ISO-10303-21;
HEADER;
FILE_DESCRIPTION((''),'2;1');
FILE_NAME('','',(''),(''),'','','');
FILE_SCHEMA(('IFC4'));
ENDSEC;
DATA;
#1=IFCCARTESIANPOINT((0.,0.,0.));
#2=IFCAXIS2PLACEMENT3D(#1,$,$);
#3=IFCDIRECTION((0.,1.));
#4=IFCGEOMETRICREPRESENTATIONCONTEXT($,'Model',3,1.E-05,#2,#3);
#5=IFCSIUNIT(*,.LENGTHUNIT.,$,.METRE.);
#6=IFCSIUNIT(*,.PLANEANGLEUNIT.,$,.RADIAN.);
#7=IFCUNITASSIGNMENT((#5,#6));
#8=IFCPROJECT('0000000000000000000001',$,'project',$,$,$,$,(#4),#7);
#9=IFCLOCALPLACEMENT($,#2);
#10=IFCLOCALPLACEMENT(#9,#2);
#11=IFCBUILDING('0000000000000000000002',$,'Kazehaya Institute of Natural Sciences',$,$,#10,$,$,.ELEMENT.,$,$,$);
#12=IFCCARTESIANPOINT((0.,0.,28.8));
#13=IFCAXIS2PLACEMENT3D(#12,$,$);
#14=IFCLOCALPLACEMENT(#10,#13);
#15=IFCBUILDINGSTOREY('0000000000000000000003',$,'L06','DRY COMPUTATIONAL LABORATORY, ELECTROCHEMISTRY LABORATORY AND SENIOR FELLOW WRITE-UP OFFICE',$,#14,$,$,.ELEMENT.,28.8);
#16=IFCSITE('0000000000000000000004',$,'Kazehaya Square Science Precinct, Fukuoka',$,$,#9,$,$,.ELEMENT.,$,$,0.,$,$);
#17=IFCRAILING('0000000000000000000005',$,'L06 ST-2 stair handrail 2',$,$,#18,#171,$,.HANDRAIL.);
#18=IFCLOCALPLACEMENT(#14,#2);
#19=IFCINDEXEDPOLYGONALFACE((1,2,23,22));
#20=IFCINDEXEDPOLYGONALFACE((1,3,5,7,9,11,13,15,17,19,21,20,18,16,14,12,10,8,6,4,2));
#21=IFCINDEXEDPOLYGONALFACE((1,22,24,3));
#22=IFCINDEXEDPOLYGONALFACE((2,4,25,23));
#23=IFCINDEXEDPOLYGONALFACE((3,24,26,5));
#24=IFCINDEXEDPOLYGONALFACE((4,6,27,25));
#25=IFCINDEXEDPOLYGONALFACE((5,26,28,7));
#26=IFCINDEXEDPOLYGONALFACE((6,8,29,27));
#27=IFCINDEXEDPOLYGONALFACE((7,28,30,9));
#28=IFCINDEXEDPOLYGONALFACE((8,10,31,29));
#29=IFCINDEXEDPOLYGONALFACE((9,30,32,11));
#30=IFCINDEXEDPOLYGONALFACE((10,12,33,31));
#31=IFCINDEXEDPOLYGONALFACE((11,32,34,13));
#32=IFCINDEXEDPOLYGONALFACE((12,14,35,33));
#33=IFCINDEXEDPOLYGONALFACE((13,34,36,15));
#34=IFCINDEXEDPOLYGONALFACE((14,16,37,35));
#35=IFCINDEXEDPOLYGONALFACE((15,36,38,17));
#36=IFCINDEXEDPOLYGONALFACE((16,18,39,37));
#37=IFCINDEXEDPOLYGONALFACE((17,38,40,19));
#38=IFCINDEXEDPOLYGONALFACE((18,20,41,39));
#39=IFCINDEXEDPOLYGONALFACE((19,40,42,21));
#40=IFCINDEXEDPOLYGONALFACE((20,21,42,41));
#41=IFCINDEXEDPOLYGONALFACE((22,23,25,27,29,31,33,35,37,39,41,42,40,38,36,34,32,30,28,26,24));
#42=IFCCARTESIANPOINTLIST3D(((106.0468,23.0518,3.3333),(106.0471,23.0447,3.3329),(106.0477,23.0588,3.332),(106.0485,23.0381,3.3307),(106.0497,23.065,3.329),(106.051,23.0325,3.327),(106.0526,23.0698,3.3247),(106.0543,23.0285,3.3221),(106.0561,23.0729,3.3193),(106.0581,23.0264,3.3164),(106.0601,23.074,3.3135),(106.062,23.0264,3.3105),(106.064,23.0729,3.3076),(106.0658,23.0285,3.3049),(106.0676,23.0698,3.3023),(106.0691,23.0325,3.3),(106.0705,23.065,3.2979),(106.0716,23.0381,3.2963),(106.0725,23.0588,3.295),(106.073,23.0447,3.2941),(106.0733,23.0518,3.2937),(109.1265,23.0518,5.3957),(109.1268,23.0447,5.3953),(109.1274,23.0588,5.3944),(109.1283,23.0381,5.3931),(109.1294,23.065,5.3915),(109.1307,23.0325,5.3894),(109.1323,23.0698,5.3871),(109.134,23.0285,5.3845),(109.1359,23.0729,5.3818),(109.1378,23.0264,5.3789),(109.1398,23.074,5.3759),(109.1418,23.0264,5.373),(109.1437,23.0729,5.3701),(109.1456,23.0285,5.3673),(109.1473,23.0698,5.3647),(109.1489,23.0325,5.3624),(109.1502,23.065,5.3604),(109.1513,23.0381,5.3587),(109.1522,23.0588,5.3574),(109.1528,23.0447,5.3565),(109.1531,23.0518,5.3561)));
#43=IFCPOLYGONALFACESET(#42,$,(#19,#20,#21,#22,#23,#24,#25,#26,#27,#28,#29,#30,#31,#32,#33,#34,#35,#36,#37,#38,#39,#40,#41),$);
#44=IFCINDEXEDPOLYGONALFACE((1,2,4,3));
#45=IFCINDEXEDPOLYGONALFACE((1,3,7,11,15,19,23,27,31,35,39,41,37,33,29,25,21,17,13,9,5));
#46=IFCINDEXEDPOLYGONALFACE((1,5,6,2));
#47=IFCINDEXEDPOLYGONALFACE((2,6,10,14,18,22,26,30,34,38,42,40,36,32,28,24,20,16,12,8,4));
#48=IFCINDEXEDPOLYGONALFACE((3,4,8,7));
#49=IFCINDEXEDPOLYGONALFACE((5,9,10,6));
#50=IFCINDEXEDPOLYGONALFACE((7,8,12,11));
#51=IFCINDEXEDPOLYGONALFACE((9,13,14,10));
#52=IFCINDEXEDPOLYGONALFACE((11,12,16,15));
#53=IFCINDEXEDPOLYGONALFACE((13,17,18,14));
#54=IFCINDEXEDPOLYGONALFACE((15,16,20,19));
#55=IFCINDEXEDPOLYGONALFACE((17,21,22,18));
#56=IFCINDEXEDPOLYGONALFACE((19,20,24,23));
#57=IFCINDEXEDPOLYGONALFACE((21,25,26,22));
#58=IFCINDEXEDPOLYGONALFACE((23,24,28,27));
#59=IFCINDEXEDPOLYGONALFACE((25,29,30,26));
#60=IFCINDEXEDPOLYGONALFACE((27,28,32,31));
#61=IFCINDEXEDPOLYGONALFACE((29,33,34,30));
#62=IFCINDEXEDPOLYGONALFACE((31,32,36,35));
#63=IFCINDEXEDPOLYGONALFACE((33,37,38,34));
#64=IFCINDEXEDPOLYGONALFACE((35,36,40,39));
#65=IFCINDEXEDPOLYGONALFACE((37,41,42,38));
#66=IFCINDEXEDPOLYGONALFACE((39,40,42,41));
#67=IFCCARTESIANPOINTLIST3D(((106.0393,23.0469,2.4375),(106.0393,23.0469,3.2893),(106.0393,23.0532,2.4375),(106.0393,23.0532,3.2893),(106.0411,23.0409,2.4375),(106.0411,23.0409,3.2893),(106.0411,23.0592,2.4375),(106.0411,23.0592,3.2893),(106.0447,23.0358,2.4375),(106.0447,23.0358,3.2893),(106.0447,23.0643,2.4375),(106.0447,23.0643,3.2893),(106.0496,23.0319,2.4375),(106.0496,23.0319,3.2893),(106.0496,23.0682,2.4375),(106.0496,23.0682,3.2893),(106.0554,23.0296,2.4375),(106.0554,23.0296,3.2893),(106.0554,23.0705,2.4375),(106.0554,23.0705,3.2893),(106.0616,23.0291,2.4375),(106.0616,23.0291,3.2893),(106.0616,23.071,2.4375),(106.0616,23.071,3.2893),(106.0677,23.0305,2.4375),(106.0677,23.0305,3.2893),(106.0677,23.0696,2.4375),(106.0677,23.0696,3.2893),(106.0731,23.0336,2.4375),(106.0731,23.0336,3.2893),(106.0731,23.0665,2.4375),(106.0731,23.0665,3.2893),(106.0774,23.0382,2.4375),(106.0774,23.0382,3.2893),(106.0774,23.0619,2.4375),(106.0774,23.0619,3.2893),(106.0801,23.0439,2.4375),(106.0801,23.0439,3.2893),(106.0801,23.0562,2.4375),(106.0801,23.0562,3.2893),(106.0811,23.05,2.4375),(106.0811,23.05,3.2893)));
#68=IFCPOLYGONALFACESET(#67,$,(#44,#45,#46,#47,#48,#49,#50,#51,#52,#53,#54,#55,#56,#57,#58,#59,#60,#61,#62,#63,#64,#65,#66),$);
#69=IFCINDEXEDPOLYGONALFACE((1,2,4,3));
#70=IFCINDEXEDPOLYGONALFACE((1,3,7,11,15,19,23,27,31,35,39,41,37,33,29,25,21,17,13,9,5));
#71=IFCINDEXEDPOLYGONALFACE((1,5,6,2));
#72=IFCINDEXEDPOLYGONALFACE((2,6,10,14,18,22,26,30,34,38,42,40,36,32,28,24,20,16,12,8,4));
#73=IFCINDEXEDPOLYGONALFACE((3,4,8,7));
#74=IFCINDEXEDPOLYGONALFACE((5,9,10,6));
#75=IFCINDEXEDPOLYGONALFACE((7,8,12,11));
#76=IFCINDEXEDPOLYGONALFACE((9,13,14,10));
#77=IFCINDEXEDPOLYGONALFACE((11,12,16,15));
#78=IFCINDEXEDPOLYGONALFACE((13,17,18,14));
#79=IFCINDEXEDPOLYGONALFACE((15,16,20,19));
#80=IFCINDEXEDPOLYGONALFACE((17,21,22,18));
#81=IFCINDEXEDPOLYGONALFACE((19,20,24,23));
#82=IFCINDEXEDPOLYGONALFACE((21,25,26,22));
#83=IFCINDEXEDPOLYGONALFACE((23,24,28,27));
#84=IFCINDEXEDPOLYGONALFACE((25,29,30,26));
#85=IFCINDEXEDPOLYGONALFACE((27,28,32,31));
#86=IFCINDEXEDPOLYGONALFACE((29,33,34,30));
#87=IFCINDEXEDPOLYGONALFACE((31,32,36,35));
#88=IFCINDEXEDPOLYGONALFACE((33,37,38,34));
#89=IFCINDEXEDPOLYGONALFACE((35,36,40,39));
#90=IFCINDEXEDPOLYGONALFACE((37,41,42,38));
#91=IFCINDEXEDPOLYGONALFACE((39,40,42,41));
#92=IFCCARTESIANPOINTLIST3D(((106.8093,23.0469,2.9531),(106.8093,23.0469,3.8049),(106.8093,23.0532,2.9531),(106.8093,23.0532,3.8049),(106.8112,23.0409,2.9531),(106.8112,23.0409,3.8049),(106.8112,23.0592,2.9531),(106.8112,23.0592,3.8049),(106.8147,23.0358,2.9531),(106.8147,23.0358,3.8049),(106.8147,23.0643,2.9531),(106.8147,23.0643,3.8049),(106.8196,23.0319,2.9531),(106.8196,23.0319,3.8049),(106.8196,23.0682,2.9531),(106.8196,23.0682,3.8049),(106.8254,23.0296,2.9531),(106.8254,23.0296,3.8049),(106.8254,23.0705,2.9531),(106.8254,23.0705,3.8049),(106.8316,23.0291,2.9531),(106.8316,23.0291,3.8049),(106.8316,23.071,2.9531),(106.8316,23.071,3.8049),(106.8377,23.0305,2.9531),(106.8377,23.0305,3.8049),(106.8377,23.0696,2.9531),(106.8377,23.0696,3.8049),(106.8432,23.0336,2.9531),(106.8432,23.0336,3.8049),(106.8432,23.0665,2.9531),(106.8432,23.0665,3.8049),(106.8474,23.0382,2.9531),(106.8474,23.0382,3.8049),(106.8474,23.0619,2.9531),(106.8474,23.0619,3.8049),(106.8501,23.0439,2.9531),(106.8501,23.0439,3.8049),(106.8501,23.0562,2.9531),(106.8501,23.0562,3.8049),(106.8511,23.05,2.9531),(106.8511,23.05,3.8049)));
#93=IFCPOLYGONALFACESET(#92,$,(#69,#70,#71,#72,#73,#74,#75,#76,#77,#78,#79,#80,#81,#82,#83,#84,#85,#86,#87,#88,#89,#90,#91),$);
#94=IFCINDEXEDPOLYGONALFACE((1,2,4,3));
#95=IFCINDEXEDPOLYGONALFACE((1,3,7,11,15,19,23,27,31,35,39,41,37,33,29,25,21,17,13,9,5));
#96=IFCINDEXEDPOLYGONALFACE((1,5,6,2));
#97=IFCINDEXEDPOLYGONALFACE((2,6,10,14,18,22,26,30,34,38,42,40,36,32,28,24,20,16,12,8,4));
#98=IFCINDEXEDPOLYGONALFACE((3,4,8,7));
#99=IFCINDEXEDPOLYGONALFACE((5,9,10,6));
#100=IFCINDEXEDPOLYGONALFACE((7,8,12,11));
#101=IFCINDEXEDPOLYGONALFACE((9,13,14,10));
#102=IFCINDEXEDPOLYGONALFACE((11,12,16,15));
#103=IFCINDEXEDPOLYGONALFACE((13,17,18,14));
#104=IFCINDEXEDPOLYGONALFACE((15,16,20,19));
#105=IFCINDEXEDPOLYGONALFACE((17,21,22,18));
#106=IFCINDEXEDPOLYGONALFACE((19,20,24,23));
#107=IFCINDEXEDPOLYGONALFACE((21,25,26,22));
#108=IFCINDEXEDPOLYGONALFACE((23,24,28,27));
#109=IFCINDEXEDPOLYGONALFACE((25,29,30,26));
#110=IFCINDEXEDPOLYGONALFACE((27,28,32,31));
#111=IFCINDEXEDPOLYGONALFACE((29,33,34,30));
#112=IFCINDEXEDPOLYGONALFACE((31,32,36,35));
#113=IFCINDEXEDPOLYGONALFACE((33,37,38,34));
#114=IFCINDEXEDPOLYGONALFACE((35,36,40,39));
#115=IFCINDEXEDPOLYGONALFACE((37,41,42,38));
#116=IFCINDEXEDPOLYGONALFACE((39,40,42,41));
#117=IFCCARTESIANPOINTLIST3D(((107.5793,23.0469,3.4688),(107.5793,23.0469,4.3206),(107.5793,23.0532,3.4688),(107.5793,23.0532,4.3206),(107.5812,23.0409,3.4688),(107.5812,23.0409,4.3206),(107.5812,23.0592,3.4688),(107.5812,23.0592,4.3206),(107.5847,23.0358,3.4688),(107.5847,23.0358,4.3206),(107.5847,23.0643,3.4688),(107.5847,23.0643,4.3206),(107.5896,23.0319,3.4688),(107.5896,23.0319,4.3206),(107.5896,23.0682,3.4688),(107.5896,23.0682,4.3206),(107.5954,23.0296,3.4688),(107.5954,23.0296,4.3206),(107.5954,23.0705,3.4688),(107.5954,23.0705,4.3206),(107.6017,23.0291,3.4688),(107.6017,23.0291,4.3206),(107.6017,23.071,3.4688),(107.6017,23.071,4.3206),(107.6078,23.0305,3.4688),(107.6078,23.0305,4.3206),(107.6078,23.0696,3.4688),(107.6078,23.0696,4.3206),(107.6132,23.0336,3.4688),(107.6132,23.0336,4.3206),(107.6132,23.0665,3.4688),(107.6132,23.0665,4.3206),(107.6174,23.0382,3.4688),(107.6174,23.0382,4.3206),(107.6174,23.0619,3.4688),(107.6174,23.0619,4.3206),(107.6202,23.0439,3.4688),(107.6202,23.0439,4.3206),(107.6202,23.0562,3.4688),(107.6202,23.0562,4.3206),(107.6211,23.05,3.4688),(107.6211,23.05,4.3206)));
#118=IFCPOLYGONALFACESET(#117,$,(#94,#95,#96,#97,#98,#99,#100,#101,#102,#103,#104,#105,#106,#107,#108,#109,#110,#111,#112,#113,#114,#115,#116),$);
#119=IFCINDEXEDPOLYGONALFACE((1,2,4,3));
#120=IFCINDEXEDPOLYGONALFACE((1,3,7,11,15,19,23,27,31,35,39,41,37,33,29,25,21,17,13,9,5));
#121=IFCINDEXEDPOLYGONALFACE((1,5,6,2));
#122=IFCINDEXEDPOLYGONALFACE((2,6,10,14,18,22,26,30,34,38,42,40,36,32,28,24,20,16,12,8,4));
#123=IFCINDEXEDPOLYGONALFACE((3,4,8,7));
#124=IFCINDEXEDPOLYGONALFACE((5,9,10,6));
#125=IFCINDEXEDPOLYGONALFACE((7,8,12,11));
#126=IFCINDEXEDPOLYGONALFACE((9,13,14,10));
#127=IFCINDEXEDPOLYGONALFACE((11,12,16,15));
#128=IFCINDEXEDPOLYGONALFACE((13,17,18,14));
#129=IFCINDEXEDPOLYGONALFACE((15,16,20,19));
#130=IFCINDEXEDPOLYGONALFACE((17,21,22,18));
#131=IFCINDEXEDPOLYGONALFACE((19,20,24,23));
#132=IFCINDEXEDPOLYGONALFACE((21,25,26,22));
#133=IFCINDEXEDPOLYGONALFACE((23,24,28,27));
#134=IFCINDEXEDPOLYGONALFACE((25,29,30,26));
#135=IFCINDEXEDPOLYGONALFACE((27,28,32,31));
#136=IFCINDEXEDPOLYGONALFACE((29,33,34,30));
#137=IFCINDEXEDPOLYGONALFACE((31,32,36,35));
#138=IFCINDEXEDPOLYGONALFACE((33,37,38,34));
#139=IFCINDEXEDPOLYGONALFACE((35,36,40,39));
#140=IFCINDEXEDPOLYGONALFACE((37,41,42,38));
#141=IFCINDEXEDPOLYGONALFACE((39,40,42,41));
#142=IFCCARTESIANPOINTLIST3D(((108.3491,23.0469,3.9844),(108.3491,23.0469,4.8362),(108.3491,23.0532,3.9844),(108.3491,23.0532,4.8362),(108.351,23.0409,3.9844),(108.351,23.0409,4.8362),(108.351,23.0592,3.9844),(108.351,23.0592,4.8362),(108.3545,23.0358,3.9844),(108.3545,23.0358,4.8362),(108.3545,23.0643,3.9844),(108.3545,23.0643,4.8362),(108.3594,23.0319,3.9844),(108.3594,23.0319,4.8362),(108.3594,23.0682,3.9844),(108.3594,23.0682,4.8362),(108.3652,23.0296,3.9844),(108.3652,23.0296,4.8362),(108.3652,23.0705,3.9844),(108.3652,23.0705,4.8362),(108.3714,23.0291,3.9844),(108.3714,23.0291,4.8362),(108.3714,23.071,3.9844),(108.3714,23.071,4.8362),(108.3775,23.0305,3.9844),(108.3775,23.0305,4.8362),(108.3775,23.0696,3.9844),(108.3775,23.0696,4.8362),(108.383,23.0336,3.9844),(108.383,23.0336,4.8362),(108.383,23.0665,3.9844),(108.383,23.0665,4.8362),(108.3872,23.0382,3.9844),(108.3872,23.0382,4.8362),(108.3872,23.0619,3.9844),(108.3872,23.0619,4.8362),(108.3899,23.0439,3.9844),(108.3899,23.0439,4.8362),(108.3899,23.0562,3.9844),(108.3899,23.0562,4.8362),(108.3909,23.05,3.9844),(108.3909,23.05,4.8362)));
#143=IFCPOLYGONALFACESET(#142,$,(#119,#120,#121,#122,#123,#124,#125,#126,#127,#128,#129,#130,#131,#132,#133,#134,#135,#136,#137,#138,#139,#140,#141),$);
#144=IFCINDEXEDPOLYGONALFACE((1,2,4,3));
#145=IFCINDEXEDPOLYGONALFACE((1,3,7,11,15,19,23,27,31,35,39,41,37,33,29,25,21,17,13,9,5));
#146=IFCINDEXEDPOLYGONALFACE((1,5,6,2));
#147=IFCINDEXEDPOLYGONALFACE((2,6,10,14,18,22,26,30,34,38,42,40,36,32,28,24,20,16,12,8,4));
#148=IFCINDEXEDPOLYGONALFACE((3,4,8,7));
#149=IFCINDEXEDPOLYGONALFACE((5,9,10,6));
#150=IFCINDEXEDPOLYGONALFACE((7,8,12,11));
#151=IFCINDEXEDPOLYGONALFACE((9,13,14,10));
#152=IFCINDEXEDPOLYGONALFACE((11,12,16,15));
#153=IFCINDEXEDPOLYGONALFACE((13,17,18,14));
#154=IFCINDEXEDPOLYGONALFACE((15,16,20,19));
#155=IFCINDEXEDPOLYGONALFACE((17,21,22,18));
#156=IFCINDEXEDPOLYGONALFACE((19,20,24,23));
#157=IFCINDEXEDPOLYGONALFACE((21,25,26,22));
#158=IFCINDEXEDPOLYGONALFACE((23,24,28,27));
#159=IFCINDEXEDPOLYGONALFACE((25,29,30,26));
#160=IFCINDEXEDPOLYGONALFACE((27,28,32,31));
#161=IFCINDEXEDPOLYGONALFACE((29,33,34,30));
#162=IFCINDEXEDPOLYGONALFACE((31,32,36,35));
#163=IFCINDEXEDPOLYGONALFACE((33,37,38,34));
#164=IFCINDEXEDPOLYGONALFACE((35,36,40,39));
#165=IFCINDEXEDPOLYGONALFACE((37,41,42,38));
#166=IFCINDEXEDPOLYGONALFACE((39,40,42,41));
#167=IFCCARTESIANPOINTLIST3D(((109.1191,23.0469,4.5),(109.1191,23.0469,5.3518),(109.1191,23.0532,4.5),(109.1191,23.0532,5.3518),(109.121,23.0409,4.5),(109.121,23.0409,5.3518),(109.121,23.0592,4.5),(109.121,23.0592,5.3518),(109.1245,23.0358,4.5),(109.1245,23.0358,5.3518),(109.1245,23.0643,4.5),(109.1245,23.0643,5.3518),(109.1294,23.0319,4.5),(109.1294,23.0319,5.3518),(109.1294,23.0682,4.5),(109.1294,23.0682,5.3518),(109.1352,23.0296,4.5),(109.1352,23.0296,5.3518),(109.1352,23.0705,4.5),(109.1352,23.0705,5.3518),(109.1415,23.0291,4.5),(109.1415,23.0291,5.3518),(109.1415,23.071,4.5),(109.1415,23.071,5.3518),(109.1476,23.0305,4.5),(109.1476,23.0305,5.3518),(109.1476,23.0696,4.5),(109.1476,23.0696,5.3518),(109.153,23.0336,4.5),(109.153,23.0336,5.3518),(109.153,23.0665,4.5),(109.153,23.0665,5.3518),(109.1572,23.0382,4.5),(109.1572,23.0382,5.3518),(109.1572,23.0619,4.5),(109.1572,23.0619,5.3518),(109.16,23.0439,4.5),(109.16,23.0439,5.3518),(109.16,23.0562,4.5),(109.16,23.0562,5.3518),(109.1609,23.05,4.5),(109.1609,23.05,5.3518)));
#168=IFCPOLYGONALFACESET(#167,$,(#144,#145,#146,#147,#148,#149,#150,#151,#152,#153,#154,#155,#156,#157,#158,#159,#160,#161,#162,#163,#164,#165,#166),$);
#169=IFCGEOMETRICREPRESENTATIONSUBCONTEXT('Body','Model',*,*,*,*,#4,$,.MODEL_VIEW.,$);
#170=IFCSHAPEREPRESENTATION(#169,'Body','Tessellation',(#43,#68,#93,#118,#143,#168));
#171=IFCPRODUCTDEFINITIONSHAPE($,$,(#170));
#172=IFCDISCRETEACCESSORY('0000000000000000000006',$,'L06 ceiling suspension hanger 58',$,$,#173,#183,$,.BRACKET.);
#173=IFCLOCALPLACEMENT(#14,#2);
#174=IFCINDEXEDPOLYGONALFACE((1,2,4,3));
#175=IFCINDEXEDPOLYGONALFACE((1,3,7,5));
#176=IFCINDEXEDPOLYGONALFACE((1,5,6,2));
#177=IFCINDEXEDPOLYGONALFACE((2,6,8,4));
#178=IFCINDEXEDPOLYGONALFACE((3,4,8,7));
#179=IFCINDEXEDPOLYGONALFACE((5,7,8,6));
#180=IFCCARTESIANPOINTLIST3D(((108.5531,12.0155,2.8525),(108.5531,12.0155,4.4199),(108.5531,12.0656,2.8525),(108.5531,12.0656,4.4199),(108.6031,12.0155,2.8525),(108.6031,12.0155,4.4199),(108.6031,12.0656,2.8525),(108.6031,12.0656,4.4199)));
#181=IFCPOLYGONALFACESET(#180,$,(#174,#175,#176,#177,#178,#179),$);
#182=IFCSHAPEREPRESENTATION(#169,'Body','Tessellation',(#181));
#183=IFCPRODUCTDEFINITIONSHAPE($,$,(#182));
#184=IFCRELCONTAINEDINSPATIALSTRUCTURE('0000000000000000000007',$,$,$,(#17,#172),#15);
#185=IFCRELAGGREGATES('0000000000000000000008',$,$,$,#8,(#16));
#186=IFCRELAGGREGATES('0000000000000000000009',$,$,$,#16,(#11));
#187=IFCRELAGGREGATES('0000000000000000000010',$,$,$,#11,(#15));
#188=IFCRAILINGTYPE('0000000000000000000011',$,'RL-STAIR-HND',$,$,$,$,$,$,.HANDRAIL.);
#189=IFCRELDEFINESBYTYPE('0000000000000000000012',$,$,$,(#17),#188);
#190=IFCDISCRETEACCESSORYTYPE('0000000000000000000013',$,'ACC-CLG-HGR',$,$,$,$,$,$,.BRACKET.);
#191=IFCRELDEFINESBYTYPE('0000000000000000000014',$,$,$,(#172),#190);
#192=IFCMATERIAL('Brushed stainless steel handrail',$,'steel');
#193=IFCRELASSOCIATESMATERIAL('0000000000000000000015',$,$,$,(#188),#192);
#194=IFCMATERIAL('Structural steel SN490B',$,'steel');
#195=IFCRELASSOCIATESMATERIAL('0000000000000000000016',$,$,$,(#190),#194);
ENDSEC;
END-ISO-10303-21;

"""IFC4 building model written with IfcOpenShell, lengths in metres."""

from ifc_helpers import new_model, si_unit, direction, frame, origin, origin_2d, place, context, subcontext, project, spatial, rectangle, circle, extrude, material, type_object, element, save


model = new_model("IFC4")

# Units and contexts
model_context = context("Model", 3, precision=1e-05, world=origin(), true_north=direction((0.0, 1.0)))
body_context = subcontext(model_context, "Body", "Model", "MODEL_VIEW")
ifc_project = project(units=[si_unit("LENGTHUNIT", "METRE"), si_unit("PLANEANGLEUNIT", "RADIAN")], contexts=[model_context])

# Site, building, storey
site_placement = place(None, origin())
site = spatial("IfcSite", under=ifc_project, at=site_placement, Name="Kazehaya Square Science Precinct, Fukuoka", CompositionType="ELEMENT", RefElevation=0.0)
building_placement = place(site_placement, origin())
building = spatial("IfcBuilding", under=site, at=building_placement, Name="Kazehaya Institute of Natural Sciences", CompositionType="ELEMENT")
storey_placement = place(building_placement, frame((0.0, 0.0, 28.8)))
storey = spatial("IfcBuildingStorey", under=building, at=storey_placement, Name="L06", Description="DRY COMPUTATIONAL LABORATORY, ELECTROCHEMISTRY LABORATORY AND SENIOR FELLOW WRITE-UP OFFICE", CompositionType="ELEMENT", Elevation=28.8)

# Railing
ifc_material_1 = material(Name="Structural steel SN490B", Category="steel")
ifc_material_2 = material(Name="Brushed stainless steel handrail", Category="steel")
railing_type_1 = type_object("IfcRailingType", Name="RL-STAIR-HND", PredefinedType="HANDRAIL", material=ifc_material_2)
railing_1_placement = place(storey_placement, frame((106.0601, 23.05, 2.4375)))
element("IfcRailing", 1, at=railing_1_placement, inside=storey, type_object=railing_type_1, Name="L06 ST-2 stair handrail 2", PredefinedType="HANDRAIL", context=body_context, shape_type="SweptSolid", body=[
    extrude(circle(Radius=0.0239, at=origin_2d()), frame((0.0, 0.0, 0.876), z_axis=(0.830893, 0.0, 0.556432), x_axis=(0.0, 1.0, 0.0)), (0.0, 0.0, 1.0), 3.7065),
    extrude(circle(Radius=0.021, at=origin_2d()), origin(), (0.0, 0.0, 1.0), 0.8518),
    extrude(circle(Radius=0.021, at=origin_2d()), frame((0.77, 0.0, 0.5156)), (0.0, 0.0, 1.0), 0.8518),
    extrude(circle(Radius=0.021, at=origin_2d()), frame((1.54, 0.0, 1.0312)), (0.0, 0.0, 1.0), 0.8518),
    extrude(circle(Radius=0.021, at=origin_2d()), frame((2.3098, 0.0, 1.5469)), (0.0, 0.0, 1.0), 0.8518),
    extrude(circle(Radius=0.021, at=origin_2d()), frame((3.0798, 0.0, 2.0625)), (0.0, 0.0, 1.0), 0.8518),
])

# Discrete accessory
discrete_accessory_type = type_object("IfcDiscreteAccessoryType", Name="ACC-CLG-HGR", PredefinedType="BRACKET", material=ifc_material_1)
discrete_accessory_placement = place(storey_placement, frame((108.5781, 12.0405, 2.8525), z_axis=(0.0, 0.0, 1.0), x_axis=(1.0, 0.0, 0.0)))
element("IfcDiscreteAccessory", 2, at=discrete_accessory_placement, inside=storey, type_object=discrete_accessory_type, Name="L06 ceiling suspension hanger 58", PredefinedType="BRACKET", context=body_context, shape_type="SweptSolid", body=[
    extrude(rectangle(XDim=0.05, YDim=0.05, at=origin_2d()), origin(), (0.0, 0.0, 1.0), 1.5674),
])

save(model, "model.ifc")
